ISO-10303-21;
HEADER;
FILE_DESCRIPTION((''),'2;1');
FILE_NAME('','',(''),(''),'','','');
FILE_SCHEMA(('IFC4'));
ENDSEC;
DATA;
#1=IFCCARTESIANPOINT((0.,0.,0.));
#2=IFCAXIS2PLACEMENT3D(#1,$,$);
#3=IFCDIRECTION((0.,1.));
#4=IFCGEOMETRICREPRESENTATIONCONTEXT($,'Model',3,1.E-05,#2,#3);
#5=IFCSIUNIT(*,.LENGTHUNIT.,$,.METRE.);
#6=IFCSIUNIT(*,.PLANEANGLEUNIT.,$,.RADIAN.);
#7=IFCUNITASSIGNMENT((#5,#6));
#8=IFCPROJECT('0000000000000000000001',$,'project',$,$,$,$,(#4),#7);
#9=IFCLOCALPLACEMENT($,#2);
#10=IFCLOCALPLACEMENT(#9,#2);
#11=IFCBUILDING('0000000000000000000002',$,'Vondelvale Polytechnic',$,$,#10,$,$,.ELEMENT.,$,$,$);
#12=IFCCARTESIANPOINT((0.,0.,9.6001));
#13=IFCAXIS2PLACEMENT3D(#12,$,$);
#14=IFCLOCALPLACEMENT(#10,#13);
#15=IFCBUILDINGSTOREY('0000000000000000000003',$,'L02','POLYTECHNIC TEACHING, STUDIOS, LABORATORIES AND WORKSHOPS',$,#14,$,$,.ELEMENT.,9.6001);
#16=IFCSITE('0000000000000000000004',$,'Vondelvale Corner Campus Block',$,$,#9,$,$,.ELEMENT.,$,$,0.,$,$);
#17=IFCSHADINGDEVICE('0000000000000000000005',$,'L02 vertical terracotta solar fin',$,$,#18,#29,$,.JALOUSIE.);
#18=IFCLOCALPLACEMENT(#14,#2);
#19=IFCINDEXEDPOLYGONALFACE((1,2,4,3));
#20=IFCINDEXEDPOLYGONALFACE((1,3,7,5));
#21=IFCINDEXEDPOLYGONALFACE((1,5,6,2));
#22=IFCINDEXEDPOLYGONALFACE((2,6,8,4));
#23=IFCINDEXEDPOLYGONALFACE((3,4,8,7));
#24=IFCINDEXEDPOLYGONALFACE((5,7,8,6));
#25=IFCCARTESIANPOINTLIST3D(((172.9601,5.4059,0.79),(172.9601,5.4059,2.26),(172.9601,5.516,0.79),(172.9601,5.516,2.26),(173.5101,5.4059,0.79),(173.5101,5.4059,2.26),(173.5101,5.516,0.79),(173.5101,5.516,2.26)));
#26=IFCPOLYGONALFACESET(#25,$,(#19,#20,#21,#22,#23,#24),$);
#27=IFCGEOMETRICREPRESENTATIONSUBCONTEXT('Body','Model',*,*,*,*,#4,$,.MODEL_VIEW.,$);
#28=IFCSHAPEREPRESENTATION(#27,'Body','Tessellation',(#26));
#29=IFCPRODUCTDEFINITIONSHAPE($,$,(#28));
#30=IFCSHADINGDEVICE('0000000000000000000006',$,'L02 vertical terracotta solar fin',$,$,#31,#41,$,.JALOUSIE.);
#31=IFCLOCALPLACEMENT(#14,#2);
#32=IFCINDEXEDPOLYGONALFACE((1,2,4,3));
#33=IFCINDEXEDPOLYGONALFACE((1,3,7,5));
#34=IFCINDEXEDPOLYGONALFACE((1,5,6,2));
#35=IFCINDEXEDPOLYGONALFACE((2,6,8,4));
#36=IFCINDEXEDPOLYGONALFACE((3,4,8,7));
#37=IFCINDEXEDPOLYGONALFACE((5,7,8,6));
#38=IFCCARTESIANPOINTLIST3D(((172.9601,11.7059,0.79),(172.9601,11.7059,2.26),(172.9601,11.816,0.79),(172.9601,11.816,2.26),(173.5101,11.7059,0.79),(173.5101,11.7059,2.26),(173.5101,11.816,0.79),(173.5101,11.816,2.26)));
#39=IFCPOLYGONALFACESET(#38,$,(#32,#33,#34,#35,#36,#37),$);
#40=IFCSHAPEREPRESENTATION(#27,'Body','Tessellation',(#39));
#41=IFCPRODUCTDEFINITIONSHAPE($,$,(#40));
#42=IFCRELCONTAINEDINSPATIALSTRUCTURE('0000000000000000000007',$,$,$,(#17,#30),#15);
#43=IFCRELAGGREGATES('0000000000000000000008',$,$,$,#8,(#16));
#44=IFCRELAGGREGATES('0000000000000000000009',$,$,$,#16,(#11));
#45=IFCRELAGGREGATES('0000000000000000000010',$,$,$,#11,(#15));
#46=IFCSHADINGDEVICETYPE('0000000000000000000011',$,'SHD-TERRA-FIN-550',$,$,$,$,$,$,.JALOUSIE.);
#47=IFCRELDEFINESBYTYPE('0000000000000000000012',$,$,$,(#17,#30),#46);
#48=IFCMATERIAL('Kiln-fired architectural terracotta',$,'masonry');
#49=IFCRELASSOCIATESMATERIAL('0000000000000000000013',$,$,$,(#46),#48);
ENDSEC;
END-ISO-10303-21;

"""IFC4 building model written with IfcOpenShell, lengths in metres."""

from ifc_helpers import new_model, si_unit, direction, frame, origin, origin_2d, place, context, subcontext, project, spatial, rectangle, extrude, material, type_object, element, save


model = new_model("IFC4")

# Units and contexts
model_context = context("Model", 3, precision=1e-05, world=origin(), true_north=direction((0.0, 1.0)))
body_context = subcontext(model_context, "Body", "Model", "MODEL_VIEW")
ifc_project = project(units=[si_unit("LENGTHUNIT", "METRE"), si_unit("PLANEANGLEUNIT", "RADIAN")], contexts=[model_context])

# Site, building, storey
site_placement = place(None, origin())
site = spatial("IfcSite", under=ifc_project, at=site_placement, Name="Vondelvale Corner Campus Block", CompositionType="ELEMENT", RefElevation=0.0)
building_placement = place(site_placement, origin())
building = spatial("IfcBuilding", under=site, at=building_placement, Name="Vondelvale Polytechnic", CompositionType="ELEMENT")
storey_placement = place(building_placement, frame((0.0, 0.0, 9.6001)))
storey = spatial("IfcBuildingStorey", under=building, at=storey_placement, Name="L02", Description="POLYTECHNIC TEACHING, STUDIOS, LABORATORIES AND WORKSHOPS", CompositionType="ELEMENT", Elevation=9.6001)

# Shading devices
ifc_material_1 = material(Name="Kiln-fired architectural terracotta", Category="masonry")
shading_device_type = type_object("IfcShadingDeviceType", Name="SHD-TERRA-FIN-550", PredefinedType="JALOUSIE", material=ifc_material_1)
for number, where, z_axis, x_axis, name in (
    (1, (173.2351, 5.4609, 0.79), (0.0, 0.0, 1.0), (0.0, -1.0, 0.0), "L02 vertical terracotta solar fin"),
    (2, (173.2351, 11.761, 0.79), (0.0, 0.0, 1.0), (0.0, -1.0, 0.0), "L02 vertical terracotta solar fin"),
):
    element("IfcShadingDevice", number, at=place(storey_placement, frame(where, z_axis=z_axis, x_axis=x_axis)), inside=storey, type_object=shading_device_type, Name=name, PredefinedType="JALOUSIE", context=body_context, shape_type="SweptSolid", body=[
        extrude(rectangle(XDim=0.1101, YDim=0.55, at=origin_2d()), origin(), (0.0, 0.0, 1.0), 1.47),
    ])

save(model, "model.ifc")
